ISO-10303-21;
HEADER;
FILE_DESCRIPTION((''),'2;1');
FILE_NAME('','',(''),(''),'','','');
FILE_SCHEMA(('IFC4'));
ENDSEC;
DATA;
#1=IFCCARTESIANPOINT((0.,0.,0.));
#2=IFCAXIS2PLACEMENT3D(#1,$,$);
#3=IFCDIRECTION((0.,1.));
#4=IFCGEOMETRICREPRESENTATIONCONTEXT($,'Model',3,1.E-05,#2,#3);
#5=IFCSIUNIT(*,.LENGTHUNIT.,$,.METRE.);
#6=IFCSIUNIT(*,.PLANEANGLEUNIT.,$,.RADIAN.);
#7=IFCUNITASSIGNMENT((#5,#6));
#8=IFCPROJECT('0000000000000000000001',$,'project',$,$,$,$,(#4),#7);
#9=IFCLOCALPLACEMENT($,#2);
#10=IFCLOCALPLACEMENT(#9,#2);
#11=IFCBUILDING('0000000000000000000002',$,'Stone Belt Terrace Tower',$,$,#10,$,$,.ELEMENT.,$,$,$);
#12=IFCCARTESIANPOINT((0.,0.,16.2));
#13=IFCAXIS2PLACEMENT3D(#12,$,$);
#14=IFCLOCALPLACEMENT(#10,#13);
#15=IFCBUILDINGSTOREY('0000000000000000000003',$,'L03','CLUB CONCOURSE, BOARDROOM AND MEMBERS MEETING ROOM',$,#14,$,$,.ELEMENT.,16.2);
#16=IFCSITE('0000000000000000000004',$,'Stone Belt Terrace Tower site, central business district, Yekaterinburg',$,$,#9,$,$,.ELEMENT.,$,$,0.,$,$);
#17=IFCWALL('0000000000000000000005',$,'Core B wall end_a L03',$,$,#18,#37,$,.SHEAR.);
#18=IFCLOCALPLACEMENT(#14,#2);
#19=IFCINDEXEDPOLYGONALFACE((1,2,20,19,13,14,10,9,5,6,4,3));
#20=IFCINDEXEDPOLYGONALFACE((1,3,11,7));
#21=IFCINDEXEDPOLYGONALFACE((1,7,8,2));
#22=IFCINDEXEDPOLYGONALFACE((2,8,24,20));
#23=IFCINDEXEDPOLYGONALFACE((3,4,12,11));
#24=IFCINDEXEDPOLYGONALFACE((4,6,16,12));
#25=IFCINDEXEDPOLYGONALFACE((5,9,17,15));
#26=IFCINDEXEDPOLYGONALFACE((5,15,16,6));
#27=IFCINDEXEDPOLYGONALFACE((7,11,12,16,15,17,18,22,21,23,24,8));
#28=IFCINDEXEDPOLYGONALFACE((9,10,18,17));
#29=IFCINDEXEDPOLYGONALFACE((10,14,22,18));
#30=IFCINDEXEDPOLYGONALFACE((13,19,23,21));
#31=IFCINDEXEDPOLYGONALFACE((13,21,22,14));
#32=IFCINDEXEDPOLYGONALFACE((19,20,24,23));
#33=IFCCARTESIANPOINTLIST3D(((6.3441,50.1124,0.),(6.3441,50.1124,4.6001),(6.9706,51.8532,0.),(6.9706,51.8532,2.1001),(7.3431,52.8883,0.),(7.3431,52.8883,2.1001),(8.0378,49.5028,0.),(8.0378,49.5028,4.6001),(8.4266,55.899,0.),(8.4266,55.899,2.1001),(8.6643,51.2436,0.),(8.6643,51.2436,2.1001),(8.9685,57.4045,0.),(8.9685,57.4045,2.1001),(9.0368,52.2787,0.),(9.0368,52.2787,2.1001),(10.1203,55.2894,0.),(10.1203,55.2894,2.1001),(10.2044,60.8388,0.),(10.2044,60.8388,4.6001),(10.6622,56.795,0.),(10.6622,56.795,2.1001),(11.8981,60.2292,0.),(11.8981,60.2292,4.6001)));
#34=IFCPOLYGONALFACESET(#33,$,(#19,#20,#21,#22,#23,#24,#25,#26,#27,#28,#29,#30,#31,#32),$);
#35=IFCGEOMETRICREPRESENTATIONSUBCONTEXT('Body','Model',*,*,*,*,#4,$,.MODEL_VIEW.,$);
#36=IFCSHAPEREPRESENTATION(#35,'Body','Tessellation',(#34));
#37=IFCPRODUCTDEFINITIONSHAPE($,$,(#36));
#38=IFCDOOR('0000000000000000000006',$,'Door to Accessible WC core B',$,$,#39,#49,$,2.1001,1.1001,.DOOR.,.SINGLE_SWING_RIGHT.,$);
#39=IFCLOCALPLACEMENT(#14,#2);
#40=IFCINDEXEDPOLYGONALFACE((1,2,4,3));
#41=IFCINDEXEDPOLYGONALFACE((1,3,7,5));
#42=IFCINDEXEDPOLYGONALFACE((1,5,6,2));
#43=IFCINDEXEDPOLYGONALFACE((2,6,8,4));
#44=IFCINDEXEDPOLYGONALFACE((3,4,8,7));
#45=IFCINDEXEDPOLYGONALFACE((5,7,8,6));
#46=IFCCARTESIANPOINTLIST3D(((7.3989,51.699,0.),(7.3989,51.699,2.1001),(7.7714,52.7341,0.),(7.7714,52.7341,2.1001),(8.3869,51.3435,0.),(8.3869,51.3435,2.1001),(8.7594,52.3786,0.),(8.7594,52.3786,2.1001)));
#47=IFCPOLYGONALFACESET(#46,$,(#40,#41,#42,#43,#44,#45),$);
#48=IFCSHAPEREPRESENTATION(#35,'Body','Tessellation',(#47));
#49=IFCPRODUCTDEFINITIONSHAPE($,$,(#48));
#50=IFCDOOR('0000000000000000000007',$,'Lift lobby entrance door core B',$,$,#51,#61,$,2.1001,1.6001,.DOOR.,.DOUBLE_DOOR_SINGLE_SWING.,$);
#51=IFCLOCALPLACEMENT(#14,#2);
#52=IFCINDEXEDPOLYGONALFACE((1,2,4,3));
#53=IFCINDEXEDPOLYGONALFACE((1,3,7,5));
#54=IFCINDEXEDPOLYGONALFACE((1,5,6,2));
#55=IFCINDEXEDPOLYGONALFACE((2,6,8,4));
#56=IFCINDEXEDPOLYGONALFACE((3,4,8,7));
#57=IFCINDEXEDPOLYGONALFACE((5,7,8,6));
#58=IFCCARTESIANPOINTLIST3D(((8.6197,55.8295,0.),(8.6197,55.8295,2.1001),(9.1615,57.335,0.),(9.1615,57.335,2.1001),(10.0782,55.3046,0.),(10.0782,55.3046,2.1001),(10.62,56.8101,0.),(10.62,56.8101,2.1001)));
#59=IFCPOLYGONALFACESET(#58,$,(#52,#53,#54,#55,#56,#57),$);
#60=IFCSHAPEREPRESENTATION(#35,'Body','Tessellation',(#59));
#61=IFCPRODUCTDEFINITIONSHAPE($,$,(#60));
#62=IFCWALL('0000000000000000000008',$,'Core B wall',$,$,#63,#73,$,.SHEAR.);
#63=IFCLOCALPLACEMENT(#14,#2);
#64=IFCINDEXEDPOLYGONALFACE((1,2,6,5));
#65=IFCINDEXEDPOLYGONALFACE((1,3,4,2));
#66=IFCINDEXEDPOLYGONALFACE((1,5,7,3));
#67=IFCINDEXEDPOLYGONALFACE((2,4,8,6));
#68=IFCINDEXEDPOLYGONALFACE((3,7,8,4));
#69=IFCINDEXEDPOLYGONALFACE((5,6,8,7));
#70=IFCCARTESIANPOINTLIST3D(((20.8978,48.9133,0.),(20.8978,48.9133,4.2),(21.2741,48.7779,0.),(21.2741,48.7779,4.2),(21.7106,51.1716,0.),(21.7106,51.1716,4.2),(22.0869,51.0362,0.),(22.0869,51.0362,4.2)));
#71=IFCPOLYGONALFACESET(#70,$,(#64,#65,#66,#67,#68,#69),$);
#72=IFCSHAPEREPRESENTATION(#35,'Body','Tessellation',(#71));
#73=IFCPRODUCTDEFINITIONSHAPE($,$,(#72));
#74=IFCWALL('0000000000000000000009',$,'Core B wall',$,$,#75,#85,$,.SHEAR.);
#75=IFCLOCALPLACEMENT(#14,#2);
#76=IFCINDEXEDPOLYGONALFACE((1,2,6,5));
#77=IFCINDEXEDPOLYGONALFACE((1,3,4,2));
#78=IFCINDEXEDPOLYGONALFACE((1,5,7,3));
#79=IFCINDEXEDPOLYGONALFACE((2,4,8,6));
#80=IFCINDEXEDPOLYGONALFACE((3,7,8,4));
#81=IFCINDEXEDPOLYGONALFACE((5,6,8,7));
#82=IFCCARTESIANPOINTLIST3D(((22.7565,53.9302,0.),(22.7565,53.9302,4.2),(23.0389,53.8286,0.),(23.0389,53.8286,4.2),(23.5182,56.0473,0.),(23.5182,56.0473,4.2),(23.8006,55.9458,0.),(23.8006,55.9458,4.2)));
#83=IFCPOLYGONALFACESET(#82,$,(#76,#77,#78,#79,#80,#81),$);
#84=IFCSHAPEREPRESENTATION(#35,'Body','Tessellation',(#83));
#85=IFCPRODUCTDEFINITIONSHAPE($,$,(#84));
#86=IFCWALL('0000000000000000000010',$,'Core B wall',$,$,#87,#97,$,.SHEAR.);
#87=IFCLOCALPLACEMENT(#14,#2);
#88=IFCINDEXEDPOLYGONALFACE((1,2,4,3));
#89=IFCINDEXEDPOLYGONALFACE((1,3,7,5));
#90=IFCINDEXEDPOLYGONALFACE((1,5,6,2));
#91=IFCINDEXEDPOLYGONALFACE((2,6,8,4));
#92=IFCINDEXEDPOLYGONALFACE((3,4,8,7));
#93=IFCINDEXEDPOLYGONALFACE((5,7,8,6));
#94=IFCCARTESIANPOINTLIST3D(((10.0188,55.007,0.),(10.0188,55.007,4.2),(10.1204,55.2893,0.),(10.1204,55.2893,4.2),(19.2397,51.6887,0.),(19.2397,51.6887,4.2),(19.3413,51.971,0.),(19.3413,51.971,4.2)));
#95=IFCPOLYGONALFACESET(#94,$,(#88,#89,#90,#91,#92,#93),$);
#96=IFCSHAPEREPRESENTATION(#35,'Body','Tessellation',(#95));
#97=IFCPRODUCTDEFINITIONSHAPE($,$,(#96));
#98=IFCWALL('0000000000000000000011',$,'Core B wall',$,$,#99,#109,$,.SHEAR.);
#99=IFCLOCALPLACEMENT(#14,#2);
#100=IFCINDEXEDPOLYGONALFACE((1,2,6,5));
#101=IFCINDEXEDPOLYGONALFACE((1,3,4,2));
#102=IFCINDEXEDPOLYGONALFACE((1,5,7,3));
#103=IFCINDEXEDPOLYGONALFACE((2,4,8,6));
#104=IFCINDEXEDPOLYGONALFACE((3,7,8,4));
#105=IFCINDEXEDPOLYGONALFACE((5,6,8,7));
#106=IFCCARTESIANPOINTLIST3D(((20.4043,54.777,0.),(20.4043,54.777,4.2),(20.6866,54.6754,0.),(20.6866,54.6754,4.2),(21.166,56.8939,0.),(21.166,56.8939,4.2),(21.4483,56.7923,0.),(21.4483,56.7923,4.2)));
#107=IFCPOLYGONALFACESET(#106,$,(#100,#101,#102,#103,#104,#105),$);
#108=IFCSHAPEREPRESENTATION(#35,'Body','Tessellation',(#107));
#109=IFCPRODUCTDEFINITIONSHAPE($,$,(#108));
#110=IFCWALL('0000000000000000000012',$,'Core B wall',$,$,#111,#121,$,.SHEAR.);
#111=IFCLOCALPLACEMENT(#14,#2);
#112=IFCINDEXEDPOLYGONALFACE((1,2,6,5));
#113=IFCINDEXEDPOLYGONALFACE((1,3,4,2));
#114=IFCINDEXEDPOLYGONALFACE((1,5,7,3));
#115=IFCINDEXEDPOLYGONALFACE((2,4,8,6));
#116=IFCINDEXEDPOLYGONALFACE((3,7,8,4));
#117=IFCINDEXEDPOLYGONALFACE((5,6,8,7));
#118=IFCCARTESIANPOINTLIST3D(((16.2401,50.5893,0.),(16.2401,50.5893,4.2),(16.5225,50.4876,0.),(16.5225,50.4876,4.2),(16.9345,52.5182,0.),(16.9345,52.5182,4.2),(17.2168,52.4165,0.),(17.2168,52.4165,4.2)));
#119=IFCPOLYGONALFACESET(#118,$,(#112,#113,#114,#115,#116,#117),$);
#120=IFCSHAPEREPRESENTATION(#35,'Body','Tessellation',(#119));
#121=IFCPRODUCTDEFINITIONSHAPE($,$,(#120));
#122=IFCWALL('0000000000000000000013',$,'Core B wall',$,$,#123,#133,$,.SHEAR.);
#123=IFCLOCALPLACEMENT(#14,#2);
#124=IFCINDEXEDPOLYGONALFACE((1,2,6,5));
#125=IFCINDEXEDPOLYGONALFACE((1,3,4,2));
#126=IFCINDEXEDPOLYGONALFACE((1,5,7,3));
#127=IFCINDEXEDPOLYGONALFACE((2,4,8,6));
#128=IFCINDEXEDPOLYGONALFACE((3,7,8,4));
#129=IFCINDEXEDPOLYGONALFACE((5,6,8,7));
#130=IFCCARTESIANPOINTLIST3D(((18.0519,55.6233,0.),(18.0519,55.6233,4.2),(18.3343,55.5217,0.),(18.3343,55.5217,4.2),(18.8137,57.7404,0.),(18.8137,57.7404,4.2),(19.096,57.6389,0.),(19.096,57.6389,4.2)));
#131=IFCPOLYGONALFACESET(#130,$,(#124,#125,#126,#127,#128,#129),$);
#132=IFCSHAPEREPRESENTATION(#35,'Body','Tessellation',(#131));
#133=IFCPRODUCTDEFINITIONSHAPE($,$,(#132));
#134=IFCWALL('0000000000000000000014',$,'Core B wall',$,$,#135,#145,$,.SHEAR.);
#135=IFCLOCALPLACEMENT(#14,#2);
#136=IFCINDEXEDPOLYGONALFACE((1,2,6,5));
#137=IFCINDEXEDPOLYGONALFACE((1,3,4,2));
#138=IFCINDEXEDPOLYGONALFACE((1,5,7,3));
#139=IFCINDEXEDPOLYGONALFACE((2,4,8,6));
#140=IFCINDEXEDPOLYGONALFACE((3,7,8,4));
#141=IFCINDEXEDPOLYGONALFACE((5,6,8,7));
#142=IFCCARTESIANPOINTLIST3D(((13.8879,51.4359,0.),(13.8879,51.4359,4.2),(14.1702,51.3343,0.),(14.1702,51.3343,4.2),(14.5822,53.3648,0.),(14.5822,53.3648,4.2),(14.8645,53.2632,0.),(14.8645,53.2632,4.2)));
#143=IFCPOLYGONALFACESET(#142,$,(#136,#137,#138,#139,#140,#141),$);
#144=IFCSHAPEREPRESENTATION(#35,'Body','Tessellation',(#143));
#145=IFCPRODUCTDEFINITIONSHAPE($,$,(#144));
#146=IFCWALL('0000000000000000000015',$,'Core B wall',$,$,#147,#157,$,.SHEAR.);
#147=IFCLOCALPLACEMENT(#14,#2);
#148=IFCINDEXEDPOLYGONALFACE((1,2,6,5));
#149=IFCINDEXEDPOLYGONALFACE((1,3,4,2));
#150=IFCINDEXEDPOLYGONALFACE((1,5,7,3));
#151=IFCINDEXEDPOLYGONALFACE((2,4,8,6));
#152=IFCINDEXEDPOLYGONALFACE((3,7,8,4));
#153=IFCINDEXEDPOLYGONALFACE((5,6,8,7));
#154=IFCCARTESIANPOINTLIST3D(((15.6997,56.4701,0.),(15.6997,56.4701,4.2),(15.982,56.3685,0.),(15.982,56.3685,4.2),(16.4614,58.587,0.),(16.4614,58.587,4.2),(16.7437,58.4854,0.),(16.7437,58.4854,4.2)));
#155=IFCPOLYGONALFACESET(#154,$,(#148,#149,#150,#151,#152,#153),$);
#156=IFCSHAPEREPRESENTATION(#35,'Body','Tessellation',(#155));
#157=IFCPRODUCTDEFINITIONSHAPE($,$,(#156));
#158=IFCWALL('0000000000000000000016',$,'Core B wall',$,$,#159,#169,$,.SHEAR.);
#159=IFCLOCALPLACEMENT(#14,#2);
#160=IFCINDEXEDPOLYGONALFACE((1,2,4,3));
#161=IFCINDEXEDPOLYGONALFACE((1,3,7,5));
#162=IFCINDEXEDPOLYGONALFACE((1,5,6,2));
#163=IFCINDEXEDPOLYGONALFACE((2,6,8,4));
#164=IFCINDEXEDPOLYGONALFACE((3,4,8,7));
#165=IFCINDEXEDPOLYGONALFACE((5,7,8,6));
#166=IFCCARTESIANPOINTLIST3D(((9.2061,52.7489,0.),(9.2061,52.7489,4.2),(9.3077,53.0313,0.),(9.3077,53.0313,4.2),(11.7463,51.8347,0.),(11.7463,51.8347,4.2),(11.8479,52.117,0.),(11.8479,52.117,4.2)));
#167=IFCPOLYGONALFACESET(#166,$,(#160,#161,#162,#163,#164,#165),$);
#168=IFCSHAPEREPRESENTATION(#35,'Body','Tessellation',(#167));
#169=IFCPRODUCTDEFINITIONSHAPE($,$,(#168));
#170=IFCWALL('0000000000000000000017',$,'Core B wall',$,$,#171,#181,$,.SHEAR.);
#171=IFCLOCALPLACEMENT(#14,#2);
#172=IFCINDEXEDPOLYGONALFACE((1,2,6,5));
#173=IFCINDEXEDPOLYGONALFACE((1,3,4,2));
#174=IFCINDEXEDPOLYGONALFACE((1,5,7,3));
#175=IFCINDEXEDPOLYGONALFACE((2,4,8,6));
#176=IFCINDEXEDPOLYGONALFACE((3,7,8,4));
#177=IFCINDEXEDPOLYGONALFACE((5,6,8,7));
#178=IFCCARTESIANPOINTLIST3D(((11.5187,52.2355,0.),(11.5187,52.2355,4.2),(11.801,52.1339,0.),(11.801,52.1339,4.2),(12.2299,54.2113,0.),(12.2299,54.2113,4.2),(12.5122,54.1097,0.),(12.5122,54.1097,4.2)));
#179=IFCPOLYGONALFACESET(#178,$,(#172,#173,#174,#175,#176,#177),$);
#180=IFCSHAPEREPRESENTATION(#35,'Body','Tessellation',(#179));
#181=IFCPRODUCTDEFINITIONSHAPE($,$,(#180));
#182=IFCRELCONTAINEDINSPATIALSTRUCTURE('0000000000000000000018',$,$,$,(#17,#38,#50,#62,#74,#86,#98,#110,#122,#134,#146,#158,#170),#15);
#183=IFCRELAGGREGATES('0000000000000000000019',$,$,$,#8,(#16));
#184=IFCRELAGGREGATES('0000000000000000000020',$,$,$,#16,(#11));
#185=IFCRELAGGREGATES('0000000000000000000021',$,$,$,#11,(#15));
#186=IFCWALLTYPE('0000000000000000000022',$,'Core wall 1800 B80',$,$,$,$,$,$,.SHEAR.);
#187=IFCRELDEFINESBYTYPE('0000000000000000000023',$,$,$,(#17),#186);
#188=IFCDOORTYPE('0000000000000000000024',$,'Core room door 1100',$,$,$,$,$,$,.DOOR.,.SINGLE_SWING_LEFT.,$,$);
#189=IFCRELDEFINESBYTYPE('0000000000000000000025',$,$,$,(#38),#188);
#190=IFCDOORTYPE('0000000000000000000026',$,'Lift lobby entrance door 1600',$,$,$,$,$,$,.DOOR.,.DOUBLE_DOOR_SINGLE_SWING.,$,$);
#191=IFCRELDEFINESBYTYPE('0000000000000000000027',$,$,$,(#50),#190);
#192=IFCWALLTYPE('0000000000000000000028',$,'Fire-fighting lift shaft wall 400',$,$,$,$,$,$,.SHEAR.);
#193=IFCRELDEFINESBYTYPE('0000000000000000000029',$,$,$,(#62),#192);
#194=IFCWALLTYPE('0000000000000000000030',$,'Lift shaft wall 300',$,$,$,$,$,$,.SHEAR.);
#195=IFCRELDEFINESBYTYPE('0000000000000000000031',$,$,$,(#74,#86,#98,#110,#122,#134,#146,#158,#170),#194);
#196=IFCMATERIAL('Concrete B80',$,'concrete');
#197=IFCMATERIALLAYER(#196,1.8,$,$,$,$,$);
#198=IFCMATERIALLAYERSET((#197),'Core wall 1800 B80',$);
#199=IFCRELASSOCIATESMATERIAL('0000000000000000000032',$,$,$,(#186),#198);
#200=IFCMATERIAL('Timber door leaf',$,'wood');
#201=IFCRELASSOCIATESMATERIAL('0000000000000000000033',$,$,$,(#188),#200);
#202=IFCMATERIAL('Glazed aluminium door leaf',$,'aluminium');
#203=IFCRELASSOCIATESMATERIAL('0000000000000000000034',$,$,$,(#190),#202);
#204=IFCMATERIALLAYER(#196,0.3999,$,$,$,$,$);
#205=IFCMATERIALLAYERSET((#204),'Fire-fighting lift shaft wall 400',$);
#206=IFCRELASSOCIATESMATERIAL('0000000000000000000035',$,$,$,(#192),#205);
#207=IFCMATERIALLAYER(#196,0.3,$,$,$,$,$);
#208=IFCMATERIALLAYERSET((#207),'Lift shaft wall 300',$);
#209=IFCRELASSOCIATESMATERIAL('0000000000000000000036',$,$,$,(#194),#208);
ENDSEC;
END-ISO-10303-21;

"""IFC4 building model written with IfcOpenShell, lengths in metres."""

from ifc_helpers import new_model, si_unit, direction, frame, frame_2d, origin, place, context, subcontext, project, spatial, rectangle, extrude, material, layer, layer_set, type_object, element, fill, save


model = new_model("IFC4")

# Units and contexts
model_context = context("Model", 3, precision=1e-05, world=origin(), true_north=direction((0.0, 1.0)))
body_context = subcontext(model_context, "Body", "Model", "MODEL_VIEW")
ifc_project = project(units=[si_unit("LENGTHUNIT", "METRE"), si_unit("PLANEANGLEUNIT", "RADIAN")], contexts=[model_context])

# Site, building, storey
site_placement = place(None, origin())
site = spatial("IfcSite", under=ifc_project, at=site_placement, Name="Stone Belt Terrace Tower site, central business district, Yekaterinburg", CompositionType="ELEMENT", RefElevation=0.0)
building_placement = place(site_placement, origin())
building = spatial("IfcBuilding", under=site, at=building_placement, Name="Stone Belt Terrace Tower", CompositionType="ELEMENT")
storey_placement = place(building_placement, frame((0.0, 0.0, 16.2)))
storey = spatial("IfcBuildingStorey", under=building, at=storey_placement, Name="L03", Description="CLUB CONCOURSE, BOARDROOM AND MEMBERS MEETING ROOM", CompositionType="ELEMENT", Elevation=16.2)

# Shared definitions
ifc_material_1 = material(Name="Concrete B80", Category="concrete")

# Shared definitions
ifc_material_2 = material(Name="Glazed aluminium door leaf", Category="aluminium")

# Shared definitions
ifc_layer_1 = layer(ifc_material_1, 1.8)
ifc_layer_set_1 = layer_set([ifc_layer_1], Name="Core wall 1800 B80")
wall_type_1 = type_object("IfcWallType", Name="Core wall 1800 B80", PredefinedType="SHEAR", material=ifc_layer_set_1)
ifc_material_3 = material(Name="Timber door leaf", Category="wood")
door_type_1 = type_object("IfcDoorType", Name="Core room door 1100", OperationType="SINGLE_SWING_LEFT", PredefinedType="DOOR", material=ifc_material_3)

# Wall, openings, doors
wall_1_placement = place(storey_placement, frame((7.1909, 49.8076, 0.0), z_axis=(0.0, 0.0, 1.0), x_axis=(0.338632, 0.940919, 0.0)))
wall_1 = element("IfcWall", 1, at=wall_1_placement, inside=storey, type_object=wall_type_1, Name="Core B wall end_a L03", PredefinedType="SHEAR", context=body_context, shape_type="SweptSolid", body=[
    extrude(rectangle(XDim=11.3999, YDim=1.8, at=frame_2d((5.7, 0.0))), origin(), (0.0, 0.0, 1.0), 4.6001),
])
opening_1_placement = place(wall_1_placement, frame((6.1499, 0.0, 0.0)))
opening_1 = element("IfcOpeningElement", 2, at=opening_1_placement, cuts=wall_1, PredefinedType="OPENING", context=body_context, shape_type="SweptSolid", body=[
    extrude(rectangle(XDim=1.6001, YDim=2.1001, at=frame_2d((0.8, 1.05))), frame((0.0, 0.9099, 0.0), z_axis=(0.0, -1.0, 0.0), x_axis=(1.0, 0.0, 0.0)), (0.0, 0.0, 1.0), 1.8201),
])
opening_2_placement = place(wall_1_placement, frame((1.8501, 0.0, 0.0)))
opening_2 = element("IfcOpeningElement", 3, at=opening_2_placement, cuts=wall_1, PredefinedType="OPENING", context=body_context, shape_type="SweptSolid", body=[
    extrude(rectangle(XDim=1.1001, YDim=2.1001, at=frame_2d((0.55, 1.05))), frame((0.0, 0.9099, 0.0), z_axis=(0.0, -1.0, 0.0), x_axis=(1.0, 0.0, 0.0)), (0.0, 0.0, 1.0), 1.8201),
])
door_1_placement = place(opening_2_placement, origin())
door_1 = element("IfcDoor", 4, at=door_1_placement, inside=storey, type_object=door_type_1, Name="Door to Accessible WC core B", OperationType="SINGLE_SWING_RIGHT", OverallHeight=2.1001, OverallWidth=1.1001, PredefinedType="DOOR", context=body_context, shape_type="SweptSolid", body=[
    extrude(rectangle(XDim=1.1001, YDim=2.1001, at=frame_2d((0.55, 1.05))), frame((0.0, 0.4448, 0.0), z_axis=(0.0, -1.0, 0.0), x_axis=(1.0, 0.0, 0.0)), (0.0, 0.0, 1.0), 1.05),
])
fill(opening_2, door_1)
door_type_2 = type_object("IfcDoorType", Name="Lift lobby entrance door 1600", OperationType="DOUBLE_DOOR_SINGLE_SWING", PredefinedType="DOOR", material=ifc_material_2)
door_2_placement = place(opening_1_placement, origin())
door_2 = element("IfcDoor", 5, at=door_2_placement, inside=storey, type_object=door_type_2, Name="Lift lobby entrance door core B", OperationType="DOUBLE_DOOR_SINGLE_SWING", OverallHeight=2.1001, OverallWidth=1.6001, PredefinedType="DOOR", context=body_context, shape_type="SweptSolid", body=[
    extrude(rectangle(XDim=1.6001, YDim=2.1001, at=frame_2d((0.8, 1.05))), frame((0.0, 0.6948, 0.0), z_axis=(0.0, -1.0, 0.0), x_axis=(1.0, 0.0, 0.0)), (0.0, 0.0, 1.0), 1.55),
])
fill(opening_1, door_2)

# Walls
ifc_layer_2 = layer(ifc_material_1, 0.3999)
ifc_layer_set_2 = layer_set([ifc_layer_2], Name="Fire-fighting lift shaft wall 400")
wall_type_2 = type_object("IfcWallType", Name="Fire-fighting lift shaft wall 400", PredefinedType="SHEAR", material=ifc_layer_set_2)
wall_2_placement = place(storey_placement, frame((21.0859, 48.8455, 0.0), z_axis=(0.0, 0.0, 1.0), x_axis=(0.338629, 0.94092, 0.0)))
element("IfcWall", 6, at=wall_2_placement, inside=storey, type_object=wall_type_2, Name="Core B wall", PredefinedType="SHEAR", context=body_context, shape_type="SweptSolid", body=[
    extrude(rectangle(XDim=2.4001, YDim=0.3999, at=frame_2d((1.2002, 0.0))), origin(), (0.0, 0.0, 1.0), 4.2),
])
ifc_layer_3 = layer(ifc_material_1, 0.3)
ifc_layer_set_3 = layer_set([ifc_layer_3], Name="Lift shaft wall 300")
wall_type_3 = type_object("IfcWallType", Name="Lift shaft wall 300", PredefinedType="SHEAR", material=ifc_layer_set_3)
wall_3_placement = place(storey_placement, frame((22.8977, 53.8794, 0.0), z_axis=(0.0, 0.0, 1.0), x_axis=(0.338535, 0.940954, 0.0)))
element("IfcWall", 7, at=wall_3_placement, inside=storey, type_object=wall_type_3, Name="Core B wall", PredefinedType="SHEAR", context=body_context, shape_type="SweptSolid", body=[
    extrude(rectangle(XDim=2.25, YDim=0.3, at=frame_2d((1.125, 0.0))), origin(), (0.0, 0.0, 1.0), 4.2),
])
wall_4_placement = place(storey_placement, frame((19.2905, 51.8298, 0.0), z_axis=(0.0, 0.0, 1.0), x_axis=(-0.940926, 0.338613, 0.0)))
element("IfcWall", 8, at=wall_4_placement, inside=storey, type_object=wall_type_3, Name="Core B wall", PredefinedType="SHEAR", context=body_context, shape_type="SweptSolid", body=[
    extrude(rectangle(XDim=9.7998, YDim=0.3, at=frame_2d((4.8999, 0.0))), origin(), (0.0, 0.0, 1.0), 4.2),
])
wall_5_placement = place(storey_placement, frame((20.5454, 54.7261, 0.0), z_axis=(0.0, 0.0, 1.0), x_axis=(0.33857, 0.940941, 0.0)))
element("IfcWall", 9, at=wall_5_placement, inside=storey, type_object=wall_type_3, Name="Core B wall", PredefinedType="SHEAR", context=body_context, shape_type="SweptSolid", body=[
    extrude(rectangle(XDim=2.2498, YDim=0.3, at=frame_2d((1.125, 0.0))), origin(), (0.0, 0.0, 1.0), 4.2),
])
wall_6_placement = place(storey_placement, frame((16.3813, 50.5386, 0.0), z_axis=(0.0, 0.0, 1.0), x_axis=(0.338682, 0.940901, 0.0)))
element("IfcWall", 10, at=wall_6_placement, inside=storey, type_object=wall_type_3, Name="Core B wall", PredefinedType="SHEAR", context=body_context, shape_type="SweptSolid", body=[
    extrude(rectangle(XDim=2.05, YDim=0.3, at=frame_2d((1.0249, 0.0))), origin(), (0.0, 0.0, 1.0), 4.2),
])
wall_7_placement = place(storey_placement, frame((18.1931, 55.5725, 0.0), z_axis=(0.0, 0.0, 1.0), x_axis=(0.338535, 0.940954, 0.0)))
element("IfcWall", 11, at=wall_7_placement, inside=storey, type_object=wall_type_3, Name="Core B wall", PredefinedType="SHEAR", context=body_context, shape_type="SweptSolid", body=[
    extrude(rectangle(XDim=2.25, YDim=0.3, at=frame_2d((1.125, 0.0))), origin(), (0.0, 0.0, 1.0), 4.2),
])
wall_8_placement = place(storey_placement, frame((14.0291, 51.3853, 0.0), z_axis=(0.0, 0.0, 1.0), x_axis=(0.338682, 0.940901, 0.0)))
element("IfcWall", 12, at=wall_8_placement, inside=storey, type_object=wall_type_3, Name="Core B wall", PredefinedType="SHEAR", context=body_context, shape_type="SweptSolid", body=[
    extrude(rectangle(XDim=2.05, YDim=0.3, at=frame_2d((1.0249, 0.0))), origin(), (0.0, 0.0, 1.0), 4.2),
])
wall_9_placement = place(storey_placement, frame((15.8408, 56.4192, 0.0), z_axis=(0.0, 0.0, 1.0), x_axis=(0.33857, 0.940941, 0.0)))
element("IfcWall", 13, at=wall_9_placement, inside=storey, type_object=wall_type_3, Name="Core B wall", PredefinedType="SHEAR", context=body_context, shape_type="SweptSolid", body=[
    extrude(rectangle(XDim=2.2498, YDim=0.3, at=frame_2d((1.125, 0.0))), origin(), (0.0, 0.0, 1.0), 4.2),
])
wall_10_placement = place(storey_placement, frame((11.7971, 51.9758, 0.0), z_axis=(0.0, 0.0, 1.0), x_axis=(-0.94091, 0.338655, 0.0)))
element("IfcWall", 14, at=wall_10_placement, inside=storey, type_object=wall_type_3, Name="Core B wall", PredefinedType="SHEAR", context=body_context, shape_type="SweptSolid", body=[
    extrude(rectangle(XDim=2.6997, YDim=0.3, at=frame_2d((1.3499, 0.0))), origin(), (0.0, 0.0, 1.0), 4.2),
])
wall_11_placement = place(storey_placement, frame((11.6599, 52.1848, 0.0), z_axis=(0.0, 0.0, 1.0), x_axis=(0.33867, 0.940905, 0.0)))
element("IfcWall", 15, at=wall_11_placement, inside=storey, type_object=wall_type_3, Name="Core B wall", PredefinedType="SHEAR", context=body_context, shape_type="SweptSolid", body=[
    extrude(rectangle(XDim=2.0999, YDim=0.3, at=frame_2d((1.0498, 0.0))), origin(), (0.0, 0.0, 1.0), 4.2),
])

save(model, "model.ifc")
